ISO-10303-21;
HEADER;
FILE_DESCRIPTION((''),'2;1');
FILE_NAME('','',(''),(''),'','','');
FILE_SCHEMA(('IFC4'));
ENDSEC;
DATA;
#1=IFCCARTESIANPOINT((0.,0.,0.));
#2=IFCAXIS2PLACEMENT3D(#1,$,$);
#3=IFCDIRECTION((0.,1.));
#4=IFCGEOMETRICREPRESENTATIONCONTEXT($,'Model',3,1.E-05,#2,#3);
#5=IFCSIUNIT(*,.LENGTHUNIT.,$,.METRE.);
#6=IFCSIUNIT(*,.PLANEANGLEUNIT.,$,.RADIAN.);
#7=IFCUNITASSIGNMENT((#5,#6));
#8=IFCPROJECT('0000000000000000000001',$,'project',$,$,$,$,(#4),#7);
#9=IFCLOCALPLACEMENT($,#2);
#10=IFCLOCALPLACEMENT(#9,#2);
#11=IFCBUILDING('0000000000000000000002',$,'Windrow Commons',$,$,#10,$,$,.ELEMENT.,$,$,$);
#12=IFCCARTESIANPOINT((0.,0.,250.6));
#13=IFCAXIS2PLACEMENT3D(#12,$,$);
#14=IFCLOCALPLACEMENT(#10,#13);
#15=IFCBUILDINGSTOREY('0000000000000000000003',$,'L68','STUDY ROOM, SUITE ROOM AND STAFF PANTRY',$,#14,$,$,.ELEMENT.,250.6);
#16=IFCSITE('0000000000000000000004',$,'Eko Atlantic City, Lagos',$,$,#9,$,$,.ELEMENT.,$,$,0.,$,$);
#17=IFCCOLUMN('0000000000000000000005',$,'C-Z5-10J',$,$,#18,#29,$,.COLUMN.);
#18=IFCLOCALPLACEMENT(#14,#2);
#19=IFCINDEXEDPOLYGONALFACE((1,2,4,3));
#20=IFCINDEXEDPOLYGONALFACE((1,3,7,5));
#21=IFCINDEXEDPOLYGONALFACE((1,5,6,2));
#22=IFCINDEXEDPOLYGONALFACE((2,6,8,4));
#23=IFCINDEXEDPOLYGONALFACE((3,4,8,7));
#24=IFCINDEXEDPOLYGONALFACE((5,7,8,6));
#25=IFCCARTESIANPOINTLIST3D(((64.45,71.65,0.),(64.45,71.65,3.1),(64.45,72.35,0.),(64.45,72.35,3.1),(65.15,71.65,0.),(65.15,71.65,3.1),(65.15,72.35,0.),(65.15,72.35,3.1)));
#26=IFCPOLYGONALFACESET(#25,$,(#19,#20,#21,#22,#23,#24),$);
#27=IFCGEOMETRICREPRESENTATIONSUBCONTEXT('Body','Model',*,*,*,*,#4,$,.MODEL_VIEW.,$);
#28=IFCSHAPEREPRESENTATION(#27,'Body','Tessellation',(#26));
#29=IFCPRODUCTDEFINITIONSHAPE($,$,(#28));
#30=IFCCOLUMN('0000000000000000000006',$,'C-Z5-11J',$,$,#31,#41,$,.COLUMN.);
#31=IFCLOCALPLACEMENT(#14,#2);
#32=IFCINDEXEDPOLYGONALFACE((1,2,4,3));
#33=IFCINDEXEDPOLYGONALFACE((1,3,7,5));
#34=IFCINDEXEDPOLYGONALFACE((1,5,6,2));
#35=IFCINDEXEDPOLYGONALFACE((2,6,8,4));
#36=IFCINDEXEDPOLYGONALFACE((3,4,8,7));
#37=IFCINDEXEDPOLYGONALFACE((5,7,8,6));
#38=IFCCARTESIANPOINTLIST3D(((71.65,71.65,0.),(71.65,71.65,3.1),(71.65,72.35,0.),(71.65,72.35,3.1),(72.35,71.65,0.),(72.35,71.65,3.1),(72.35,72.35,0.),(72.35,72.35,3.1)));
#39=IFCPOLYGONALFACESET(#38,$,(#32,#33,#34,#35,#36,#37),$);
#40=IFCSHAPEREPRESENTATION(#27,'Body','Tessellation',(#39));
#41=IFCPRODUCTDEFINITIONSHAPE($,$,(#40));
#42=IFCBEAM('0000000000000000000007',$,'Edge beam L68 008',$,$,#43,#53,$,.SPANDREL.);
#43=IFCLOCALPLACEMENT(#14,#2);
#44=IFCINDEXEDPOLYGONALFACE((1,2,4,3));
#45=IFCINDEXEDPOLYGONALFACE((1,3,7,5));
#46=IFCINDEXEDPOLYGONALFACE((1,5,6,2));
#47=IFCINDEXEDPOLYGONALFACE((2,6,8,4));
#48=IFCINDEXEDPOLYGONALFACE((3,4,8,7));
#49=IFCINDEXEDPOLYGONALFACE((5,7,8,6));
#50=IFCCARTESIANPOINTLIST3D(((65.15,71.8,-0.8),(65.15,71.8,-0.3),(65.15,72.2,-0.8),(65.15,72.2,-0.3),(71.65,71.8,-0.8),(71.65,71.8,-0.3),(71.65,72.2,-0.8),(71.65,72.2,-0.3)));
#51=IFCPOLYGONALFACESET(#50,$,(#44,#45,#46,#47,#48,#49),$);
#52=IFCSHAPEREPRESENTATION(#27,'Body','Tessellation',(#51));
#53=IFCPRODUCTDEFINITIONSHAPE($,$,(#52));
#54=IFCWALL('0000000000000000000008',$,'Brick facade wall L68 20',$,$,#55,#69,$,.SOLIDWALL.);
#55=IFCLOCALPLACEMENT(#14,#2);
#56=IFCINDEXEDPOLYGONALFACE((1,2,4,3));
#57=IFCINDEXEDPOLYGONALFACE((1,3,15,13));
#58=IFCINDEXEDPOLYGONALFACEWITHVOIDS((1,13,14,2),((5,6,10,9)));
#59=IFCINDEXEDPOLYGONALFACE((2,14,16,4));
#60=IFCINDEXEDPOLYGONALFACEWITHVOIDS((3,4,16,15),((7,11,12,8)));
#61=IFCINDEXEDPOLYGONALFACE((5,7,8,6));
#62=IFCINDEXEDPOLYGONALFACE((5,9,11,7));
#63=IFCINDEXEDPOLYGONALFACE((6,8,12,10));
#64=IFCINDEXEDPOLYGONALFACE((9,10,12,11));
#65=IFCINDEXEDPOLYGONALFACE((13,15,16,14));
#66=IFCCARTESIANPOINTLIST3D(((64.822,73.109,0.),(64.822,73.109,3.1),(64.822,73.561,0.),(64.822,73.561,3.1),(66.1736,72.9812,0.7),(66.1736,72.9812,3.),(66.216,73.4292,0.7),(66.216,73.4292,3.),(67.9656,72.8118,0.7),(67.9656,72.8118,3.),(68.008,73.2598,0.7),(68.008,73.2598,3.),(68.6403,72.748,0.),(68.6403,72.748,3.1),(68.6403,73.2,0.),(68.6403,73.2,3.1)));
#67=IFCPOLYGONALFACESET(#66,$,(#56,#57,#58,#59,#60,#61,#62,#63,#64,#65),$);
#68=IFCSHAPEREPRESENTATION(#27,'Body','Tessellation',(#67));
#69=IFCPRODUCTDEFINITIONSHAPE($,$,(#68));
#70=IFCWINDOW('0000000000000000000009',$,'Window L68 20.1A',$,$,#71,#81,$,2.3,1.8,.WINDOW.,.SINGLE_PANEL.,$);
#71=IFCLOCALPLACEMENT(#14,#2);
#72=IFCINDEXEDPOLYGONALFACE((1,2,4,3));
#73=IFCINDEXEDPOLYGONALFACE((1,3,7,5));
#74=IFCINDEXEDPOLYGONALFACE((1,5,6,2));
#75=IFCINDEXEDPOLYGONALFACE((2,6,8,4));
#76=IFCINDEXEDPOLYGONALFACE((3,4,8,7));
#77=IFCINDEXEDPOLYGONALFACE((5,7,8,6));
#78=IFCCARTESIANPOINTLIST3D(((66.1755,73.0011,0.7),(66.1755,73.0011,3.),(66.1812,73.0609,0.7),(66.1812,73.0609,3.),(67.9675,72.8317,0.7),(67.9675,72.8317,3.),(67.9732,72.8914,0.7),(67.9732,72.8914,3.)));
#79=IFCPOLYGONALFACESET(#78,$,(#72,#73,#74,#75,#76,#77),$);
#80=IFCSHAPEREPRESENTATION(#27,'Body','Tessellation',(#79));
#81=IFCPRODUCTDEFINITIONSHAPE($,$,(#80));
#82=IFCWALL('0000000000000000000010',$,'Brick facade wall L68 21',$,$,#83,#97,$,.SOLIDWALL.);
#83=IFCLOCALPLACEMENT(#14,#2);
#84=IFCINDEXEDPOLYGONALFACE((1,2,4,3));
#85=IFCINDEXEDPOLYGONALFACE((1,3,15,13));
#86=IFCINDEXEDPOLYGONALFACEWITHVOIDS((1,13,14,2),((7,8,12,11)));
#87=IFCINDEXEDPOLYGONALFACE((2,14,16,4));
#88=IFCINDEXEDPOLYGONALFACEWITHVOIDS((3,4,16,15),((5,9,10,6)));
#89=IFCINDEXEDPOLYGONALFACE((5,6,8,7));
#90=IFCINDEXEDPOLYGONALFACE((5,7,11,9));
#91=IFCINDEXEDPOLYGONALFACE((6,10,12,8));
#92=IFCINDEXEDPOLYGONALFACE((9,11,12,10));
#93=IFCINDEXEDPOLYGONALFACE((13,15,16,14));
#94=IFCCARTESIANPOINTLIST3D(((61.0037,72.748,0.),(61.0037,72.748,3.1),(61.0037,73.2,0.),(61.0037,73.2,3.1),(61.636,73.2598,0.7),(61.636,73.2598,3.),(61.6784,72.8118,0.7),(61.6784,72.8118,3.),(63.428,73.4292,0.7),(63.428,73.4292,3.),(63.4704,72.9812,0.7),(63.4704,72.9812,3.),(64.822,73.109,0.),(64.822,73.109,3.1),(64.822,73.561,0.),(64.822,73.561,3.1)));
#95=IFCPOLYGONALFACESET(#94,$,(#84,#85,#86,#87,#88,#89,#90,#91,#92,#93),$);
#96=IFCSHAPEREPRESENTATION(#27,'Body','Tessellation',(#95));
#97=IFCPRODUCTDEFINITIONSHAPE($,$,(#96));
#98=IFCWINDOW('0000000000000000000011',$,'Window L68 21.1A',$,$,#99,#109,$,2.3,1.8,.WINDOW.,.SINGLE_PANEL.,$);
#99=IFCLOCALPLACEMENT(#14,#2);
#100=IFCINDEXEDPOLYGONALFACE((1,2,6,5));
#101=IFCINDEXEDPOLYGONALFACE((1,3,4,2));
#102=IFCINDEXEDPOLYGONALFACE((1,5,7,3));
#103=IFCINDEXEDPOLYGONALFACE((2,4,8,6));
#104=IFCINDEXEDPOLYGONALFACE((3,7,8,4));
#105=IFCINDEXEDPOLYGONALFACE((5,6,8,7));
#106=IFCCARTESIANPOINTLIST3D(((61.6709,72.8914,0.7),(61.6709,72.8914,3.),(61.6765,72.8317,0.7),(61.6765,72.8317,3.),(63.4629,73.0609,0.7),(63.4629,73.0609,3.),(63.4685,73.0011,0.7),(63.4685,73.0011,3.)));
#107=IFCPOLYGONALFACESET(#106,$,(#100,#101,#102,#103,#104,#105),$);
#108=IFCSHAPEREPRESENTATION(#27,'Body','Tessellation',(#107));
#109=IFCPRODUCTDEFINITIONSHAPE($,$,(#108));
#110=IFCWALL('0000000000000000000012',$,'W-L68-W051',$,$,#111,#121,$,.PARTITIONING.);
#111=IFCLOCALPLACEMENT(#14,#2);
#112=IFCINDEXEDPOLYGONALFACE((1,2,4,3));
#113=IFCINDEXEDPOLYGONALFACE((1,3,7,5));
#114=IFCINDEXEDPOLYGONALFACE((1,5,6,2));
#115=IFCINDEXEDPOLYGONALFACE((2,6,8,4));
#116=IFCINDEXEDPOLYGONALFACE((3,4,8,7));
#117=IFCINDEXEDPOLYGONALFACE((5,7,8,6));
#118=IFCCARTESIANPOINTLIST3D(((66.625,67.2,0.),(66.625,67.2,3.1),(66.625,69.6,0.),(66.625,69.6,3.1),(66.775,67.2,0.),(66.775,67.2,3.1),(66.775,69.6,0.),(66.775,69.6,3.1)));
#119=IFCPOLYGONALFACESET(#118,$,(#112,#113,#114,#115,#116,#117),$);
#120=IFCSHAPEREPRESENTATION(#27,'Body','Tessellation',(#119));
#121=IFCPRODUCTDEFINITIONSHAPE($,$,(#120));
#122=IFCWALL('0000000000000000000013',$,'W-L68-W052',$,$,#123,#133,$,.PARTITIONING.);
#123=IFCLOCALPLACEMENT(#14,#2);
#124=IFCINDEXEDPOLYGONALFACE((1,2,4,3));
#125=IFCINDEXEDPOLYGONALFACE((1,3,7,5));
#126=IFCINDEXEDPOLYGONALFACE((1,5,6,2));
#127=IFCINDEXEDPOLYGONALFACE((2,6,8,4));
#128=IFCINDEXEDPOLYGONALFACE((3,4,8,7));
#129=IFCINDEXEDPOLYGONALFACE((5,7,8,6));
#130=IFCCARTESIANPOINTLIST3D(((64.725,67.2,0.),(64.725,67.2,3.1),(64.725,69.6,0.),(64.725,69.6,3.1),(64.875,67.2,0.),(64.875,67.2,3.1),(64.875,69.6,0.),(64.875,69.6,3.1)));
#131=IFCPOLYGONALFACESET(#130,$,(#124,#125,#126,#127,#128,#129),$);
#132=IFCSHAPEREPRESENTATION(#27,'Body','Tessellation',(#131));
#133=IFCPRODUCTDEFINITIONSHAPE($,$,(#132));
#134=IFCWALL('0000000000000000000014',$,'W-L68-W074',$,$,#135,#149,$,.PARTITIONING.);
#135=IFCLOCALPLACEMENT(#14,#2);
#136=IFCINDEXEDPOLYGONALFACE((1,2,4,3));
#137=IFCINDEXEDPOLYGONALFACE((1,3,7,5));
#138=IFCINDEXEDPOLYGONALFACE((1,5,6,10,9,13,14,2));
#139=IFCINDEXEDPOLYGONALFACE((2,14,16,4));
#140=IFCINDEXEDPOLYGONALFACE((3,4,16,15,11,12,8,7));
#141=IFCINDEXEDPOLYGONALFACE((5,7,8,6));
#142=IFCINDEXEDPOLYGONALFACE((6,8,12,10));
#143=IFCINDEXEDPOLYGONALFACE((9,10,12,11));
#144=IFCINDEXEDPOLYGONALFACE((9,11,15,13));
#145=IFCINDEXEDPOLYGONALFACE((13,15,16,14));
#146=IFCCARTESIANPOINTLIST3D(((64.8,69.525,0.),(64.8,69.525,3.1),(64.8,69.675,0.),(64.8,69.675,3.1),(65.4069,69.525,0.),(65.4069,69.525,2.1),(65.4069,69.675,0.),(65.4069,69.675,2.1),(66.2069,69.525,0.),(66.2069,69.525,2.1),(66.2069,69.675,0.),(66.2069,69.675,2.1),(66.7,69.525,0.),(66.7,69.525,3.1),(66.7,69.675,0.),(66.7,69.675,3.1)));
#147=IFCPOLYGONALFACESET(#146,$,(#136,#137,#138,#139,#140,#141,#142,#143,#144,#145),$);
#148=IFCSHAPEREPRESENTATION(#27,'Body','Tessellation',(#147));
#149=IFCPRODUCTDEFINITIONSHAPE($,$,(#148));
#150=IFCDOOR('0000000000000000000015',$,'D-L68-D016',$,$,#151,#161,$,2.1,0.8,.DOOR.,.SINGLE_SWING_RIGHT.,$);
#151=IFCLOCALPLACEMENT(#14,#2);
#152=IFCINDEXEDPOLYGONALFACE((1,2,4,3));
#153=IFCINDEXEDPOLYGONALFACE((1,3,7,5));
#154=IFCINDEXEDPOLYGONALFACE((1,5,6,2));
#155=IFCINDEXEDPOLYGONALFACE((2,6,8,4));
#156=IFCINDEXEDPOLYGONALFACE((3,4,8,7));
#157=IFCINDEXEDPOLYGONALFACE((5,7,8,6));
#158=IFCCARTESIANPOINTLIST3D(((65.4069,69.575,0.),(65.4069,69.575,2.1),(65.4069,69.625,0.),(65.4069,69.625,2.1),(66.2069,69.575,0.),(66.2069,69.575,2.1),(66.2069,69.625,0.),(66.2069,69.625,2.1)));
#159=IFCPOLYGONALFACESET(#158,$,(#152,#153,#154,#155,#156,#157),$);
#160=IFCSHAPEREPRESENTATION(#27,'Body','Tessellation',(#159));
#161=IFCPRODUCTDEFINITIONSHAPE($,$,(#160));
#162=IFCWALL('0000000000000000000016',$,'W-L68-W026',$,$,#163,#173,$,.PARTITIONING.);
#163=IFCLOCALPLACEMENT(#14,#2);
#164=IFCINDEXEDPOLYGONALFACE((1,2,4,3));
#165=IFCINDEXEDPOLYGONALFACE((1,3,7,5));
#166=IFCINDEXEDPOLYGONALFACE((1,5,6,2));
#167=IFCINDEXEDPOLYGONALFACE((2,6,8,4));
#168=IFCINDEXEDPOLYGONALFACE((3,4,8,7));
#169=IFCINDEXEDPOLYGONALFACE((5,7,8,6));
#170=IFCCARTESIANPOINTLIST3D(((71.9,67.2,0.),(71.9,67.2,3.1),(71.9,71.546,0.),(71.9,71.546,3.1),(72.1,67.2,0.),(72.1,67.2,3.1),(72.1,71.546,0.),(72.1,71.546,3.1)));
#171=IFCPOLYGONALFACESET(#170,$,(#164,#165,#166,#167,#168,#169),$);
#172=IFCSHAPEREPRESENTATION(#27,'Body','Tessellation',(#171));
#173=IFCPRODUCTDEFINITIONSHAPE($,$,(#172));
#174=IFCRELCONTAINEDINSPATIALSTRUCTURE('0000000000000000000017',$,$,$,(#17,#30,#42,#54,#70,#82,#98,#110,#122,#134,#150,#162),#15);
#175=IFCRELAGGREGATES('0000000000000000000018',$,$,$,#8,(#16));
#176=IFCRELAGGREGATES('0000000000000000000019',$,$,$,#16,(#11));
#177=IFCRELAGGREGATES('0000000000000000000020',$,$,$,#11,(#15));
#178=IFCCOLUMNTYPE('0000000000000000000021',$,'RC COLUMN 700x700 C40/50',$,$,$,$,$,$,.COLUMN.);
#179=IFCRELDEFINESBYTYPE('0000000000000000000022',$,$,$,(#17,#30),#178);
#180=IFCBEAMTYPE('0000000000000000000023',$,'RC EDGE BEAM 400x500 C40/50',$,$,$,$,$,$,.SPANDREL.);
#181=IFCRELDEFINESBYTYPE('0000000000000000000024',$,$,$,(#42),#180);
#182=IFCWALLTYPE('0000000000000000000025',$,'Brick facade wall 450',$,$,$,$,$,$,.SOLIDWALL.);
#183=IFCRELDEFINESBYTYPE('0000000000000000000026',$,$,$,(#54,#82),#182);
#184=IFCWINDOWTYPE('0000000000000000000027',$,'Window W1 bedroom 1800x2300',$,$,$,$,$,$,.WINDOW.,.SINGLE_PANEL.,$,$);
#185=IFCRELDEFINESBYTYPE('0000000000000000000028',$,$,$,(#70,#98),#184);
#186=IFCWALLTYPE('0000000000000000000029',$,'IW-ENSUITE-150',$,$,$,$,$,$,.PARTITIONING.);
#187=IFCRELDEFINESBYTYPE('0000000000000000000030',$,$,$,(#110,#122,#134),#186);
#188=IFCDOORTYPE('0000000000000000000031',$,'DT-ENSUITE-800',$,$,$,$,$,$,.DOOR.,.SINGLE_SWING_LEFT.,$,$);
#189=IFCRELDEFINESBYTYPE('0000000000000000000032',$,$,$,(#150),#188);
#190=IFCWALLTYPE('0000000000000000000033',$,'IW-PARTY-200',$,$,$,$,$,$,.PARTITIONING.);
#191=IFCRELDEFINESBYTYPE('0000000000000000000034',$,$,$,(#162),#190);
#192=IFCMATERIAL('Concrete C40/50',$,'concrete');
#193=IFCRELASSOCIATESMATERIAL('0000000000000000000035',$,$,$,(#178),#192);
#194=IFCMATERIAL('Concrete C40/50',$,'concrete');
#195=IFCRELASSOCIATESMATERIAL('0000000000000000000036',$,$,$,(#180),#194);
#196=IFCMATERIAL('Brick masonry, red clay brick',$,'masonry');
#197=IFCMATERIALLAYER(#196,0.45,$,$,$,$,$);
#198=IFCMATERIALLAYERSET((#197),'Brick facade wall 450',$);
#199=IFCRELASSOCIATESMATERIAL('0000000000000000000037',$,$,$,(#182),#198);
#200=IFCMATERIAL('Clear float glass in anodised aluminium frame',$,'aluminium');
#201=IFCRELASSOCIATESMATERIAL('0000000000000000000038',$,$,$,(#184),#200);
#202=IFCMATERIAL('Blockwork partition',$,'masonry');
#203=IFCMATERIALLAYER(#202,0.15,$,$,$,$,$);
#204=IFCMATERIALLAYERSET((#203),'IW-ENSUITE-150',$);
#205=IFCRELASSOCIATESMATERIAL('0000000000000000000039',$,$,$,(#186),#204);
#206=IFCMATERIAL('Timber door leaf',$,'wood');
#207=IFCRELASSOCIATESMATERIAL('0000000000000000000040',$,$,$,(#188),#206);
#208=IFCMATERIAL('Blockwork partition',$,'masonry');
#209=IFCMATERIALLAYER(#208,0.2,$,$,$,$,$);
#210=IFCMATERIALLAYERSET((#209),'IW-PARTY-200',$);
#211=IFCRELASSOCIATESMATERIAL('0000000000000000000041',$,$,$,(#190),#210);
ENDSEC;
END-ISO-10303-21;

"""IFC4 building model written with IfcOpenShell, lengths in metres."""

from ifc_helpers import new_model, si_unit, direction, frame, frame_2d, origin, origin_2d, place, context, subcontext, project, spatial, polyline, rectangle, outline, extrude, material, layer, layer_set, material_profile, profile_set, type_object, element, fill, save


model = new_model("IFC4")

# Units and contexts
model_context = context("Model", 3, precision=1e-05, world=origin(), true_north=direction((0.0, 1.0)))
body_context = subcontext(model_context, "Body", "Model", "MODEL_VIEW")
ifc_project = project(units=[si_unit("LENGTHUNIT", "METRE"), si_unit("PLANEANGLEUNIT", "RADIAN")], contexts=[model_context])

# Site, building, storey
site_placement = place(None, origin())
site = spatial("IfcSite", under=ifc_project, at=site_placement, Name="Eko Atlantic City, Lagos", CompositionType="ELEMENT", RefElevation=0.0)
building_placement = place(site_placement, origin())
building = spatial("IfcBuilding", under=site, at=building_placement, Name="Windrow Commons", CompositionType="ELEMENT")
storey_placement = place(building_placement, frame((0.0, 0.0, 250.6)))
storey = spatial("IfcBuildingStorey", under=building, at=storey_placement, Name="L68", Description="STUDY ROOM, SUITE ROOM AND STAFF PANTRY", CompositionType="ELEMENT", Elevation=250.6)

# Columns
ifc_material_1 = material(Name="Concrete C40/50", Category="concrete")
ifc_material_profile_1 = material_profile(ifc_material_1, rectangle(XDim=0.7, YDim=0.7, at=origin_2d()))
ifc_profile_set_1 = profile_set([ifc_material_profile_1], Name="Concrete C40/50")
column_type = type_object("IfcColumnType", Name="RC COLUMN 700x700 C40/50", PredefinedType="COLUMN", material=ifc_profile_set_1)
for number, where, z_axis, x_axis, name in (
    (1, (64.8, 72.0, 0.0), (0.0, 0.0, 1.0), (1.0, 0.0, 0.0), "C-Z5-10J"),
    (2, (72.0, 72.0, 0.0), (0.0, 0.0, 1.0), (1.0, 0.0, 0.0), "C-Z5-11J"),
):
    element("IfcColumn", number, at=place(storey_placement, frame(where, z_axis=z_axis, x_axis=x_axis)), inside=storey, type_object=column_type, Name=name, PredefinedType="COLUMN", context=body_context, shape_type="SweptSolid", body=[
        extrude(rectangle(XDim=0.7, YDim=0.7, at=origin_2d()), origin(), (0.0, 0.0, 1.0), 3.1),
    ])

# Beam
ifc_material_2 = material(Name="Concrete C40/50", Category="concrete")
ifc_material_profile_2 = material_profile(ifc_material_2, rectangle(XDim=0.4, YDim=0.5, at=origin_2d()))
ifc_profile_set_2 = profile_set([ifc_material_profile_2], Name="Concrete C40/50")
beam_type = type_object("IfcBeamType", Name="RC EDGE BEAM 400x500 C40/50", PredefinedType="SPANDREL", material=ifc_profile_set_2)
beam_placement = place(storey_placement, frame((65.15, 72.0, -0.55), z_axis=(1.0, 0.0, 0.0), x_axis=(0.0, 1.0, 0.0)))
element("IfcBeam", 3, at=beam_placement, inside=storey, type_object=beam_type, Name="Edge beam L68 008", PredefinedType="SPANDREL", context=body_context, shape_type="SweptSolid", body=[
    extrude(rectangle(XDim=0.4, YDim=0.5, at=origin_2d()), origin(), (0.0, 0.0, 1.0), 6.5),
])

# Walls, openings, windows
ifc_material_3 = material(Name="Brick masonry, red clay brick", Category="masonry")
ifc_layer_1 = layer(ifc_material_3, 0.45)
ifc_layer_set_1 = layer_set([ifc_layer_1], Name="Brick facade wall 450")
wall_type_1 = type_object("IfcWallType", Name="Brick facade wall 450", PredefinedType="SOLIDWALL", material=ifc_layer_set_1)
wall_1_placement = place(storey_placement, frame((68.6403, 72.974, 0.0), z_axis=(0.0, 0.0, 1.0), x_axis=(-0.99556, 0.094125, 0.0)))
wall_1 = element("IfcWall", 4, at=wall_1_placement, inside=storey, type_object=wall_type_1, Name="Brick facade wall L68 20", PredefinedType="SOLIDWALL", context=body_context, shape_type="SweptSolid", body=[
    extrude(outline(polyline([(0.0213, -0.225), (3.8566, -0.225), (3.8141, 0.225), (-0.0213, 0.225), (0.0213, -0.225)])), origin(), (0.0, 0.0, 1.0), 3.1),
])
opening_1_placement = place(wall_1_placement, frame((0.6564, 0.0, 0.7)))
opening_1 = element("IfcOpeningElement", 5, at=opening_1_placement, cuts=wall_1, PredefinedType="OPENING", context=body_context, shape_type="SweptSolid", body=[
    extrude(rectangle(XDim=1.8, YDim=2.3, at=frame_2d((0.9, 1.15))), frame((0.0, 0.235, 0.0), z_axis=(0.0, -1.0, 0.0), x_axis=(1.0, 0.0, 0.0)), (0.0, 0.0, 1.0), 0.47),
])
ifc_material_4 = material(Name="Clear float glass in anodised aluminium frame", Category="aluminium")
window_type = type_object("IfcWindowType", Name="Window W1 bedroom 1800x2300", PartitioningType="SINGLE_PANEL", PredefinedType="WINDOW", material=ifc_material_4)
window_1_placement = place(opening_1_placement, origin())
window_1 = element("IfcWindow", 6, at=window_1_placement, inside=storey, type_object=window_type, Name="Window L68 20.1A", OverallHeight=2.3, OverallWidth=1.8, PartitioningType="SINGLE_PANEL", PredefinedType="WINDOW", context=body_context, shape_type="SweptSolid", body=[
    extrude(rectangle(XDim=1.8, YDim=2.3, at=frame_2d((0.9, 1.15))), frame((0.0, 0.205, 0.0), z_axis=(0.0, -1.0, 0.0), x_axis=(1.0, 0.0, 0.0)), (0.0, 0.0, 1.0), 0.06),
])
fill(opening_1, window_1)
wall_2_placement = place(storey_placement, frame((64.822, 73.335, 0.0), z_axis=(0.0, 0.0, 1.0), x_axis=(-0.99556, -0.094125, 0.0)))
wall_2 = element("IfcWall", 7, at=wall_2_placement, inside=storey, type_object=wall_type_1, Name="Brick facade wall L68 21", PredefinedType="SOLIDWALL", context=body_context, shape_type="SweptSolid", body=[
    extrude(outline(polyline([(-0.0213, -0.225), (3.8141, -0.225), (3.8566, 0.225), (0.0213, 0.225), (-0.0213, -0.225)])), origin(), (0.0, 0.0, 1.0), 3.1),
])
opening_2_placement = place(wall_2_placement, frame((1.3789, 0.0, 0.7)))
opening_2 = element("IfcOpeningElement", 8, at=opening_2_placement, cuts=wall_2, PredefinedType="OPENING", context=body_context, shape_type="SweptSolid", body=[
    extrude(rectangle(XDim=1.8, YDim=2.3, at=frame_2d((0.9, 1.15))), frame((0.0, 0.235, 0.0), z_axis=(0.0, -1.0, 0.0), x_axis=(1.0, 0.0, 0.0)), (0.0, 0.0, 1.0), 0.47),
])
window_2_placement = place(opening_2_placement, origin())
window_2 = element("IfcWindow", 9, at=window_2_placement, inside=storey, type_object=window_type, Name="Window L68 21.1A", OverallHeight=2.3, OverallWidth=1.8, PartitioningType="SINGLE_PANEL", PredefinedType="WINDOW", context=body_context, shape_type="SweptSolid", body=[
    extrude(rectangle(XDim=1.8, YDim=2.3, at=frame_2d((0.9, 1.15))), frame((0.0, 0.205, 0.0), z_axis=(0.0, -1.0, 0.0), x_axis=(1.0, 0.0, 0.0)), (0.0, 0.0, 1.0), 0.06),
])
fill(opening_2, window_2)

# Walls
ifc_material_5 = material(Name="Blockwork partition", Category="masonry")
ifc_layer_2 = layer(ifc_material_5, 0.15)
ifc_layer_set_2 = layer_set([ifc_layer_2], Name="IW-ENSUITE-150")
wall_type_2 = type_object("IfcWallType", Name="IW-ENSUITE-150", PredefinedType="PARTITIONING", material=ifc_layer_set_2)
for number, where, z_axis, x_axis, name in (
    (10, (66.7, 67.2, 0.0), (0.0, 0.0, 1.0), (0.0, 1.0, 0.0), "W-L68-W051"),
    (11, (64.8, 67.2, 0.0), (0.0, 0.0, 1.0), (0.0, 1.0, 0.0), "W-L68-W052"),
):
    element("IfcWall", number, at=place(storey_placement, frame(where, z_axis=z_axis, x_axis=x_axis)), inside=storey, type_object=wall_type_2, Name=name, PredefinedType="PARTITIONING", context=body_context, shape_type="SweptSolid", body=[
        extrude(rectangle(XDim=2.4, YDim=0.15, at=frame_2d((1.2, 0.0))), origin(), (0.0, 0.0, 1.0), 3.1),
    ])

# Wall, opening, door
wall_3_placement = place(storey_placement, frame((64.8, 69.6, 0.0), z_axis=(0.0, 0.0, 1.0), x_axis=(1.0, 0.0, 0.0)))
wall_3 = element("IfcWall", 12, at=wall_3_placement, inside=storey, type_object=wall_type_2, Name="W-L68-W074", PredefinedType="PARTITIONING", context=body_context, shape_type="SweptSolid", body=[
    extrude(rectangle(XDim=1.9, YDim=0.15, at=frame_2d((0.95, 0.0))), origin(), (0.0, 0.0, 1.0), 3.1),
])
opening_3_placement = place(wall_3_placement, frame((0.6069, 0.0, 0.0)))
opening_3 = element("IfcOpeningElement", 13, at=opening_3_placement, cuts=wall_3, PredefinedType="OPENING", context=body_context, shape_type="SweptSolid", body=[
    extrude(rectangle(XDim=0.8, YDim=2.1, at=frame_2d((0.4, 1.05))), frame((0.0, 0.085, 0.0), z_axis=(0.0, -1.0, 0.0), x_axis=(1.0, 0.0, 0.0)), (0.0, 0.0, 1.0), 0.17),
])
ifc_material_6 = material(Name="Timber door leaf", Category="wood")
door_type = type_object("IfcDoorType", Name="DT-ENSUITE-800", OperationType="SINGLE_SWING_LEFT", PredefinedType="DOOR", material=ifc_material_6)
door_placement = place(opening_3_placement, origin())
door = element("IfcDoor", 14, at=door_placement, inside=storey, type_object=door_type, Name="D-L68-D016", OperationType="SINGLE_SWING_RIGHT", OverallHeight=2.1, OverallWidth=0.8, PredefinedType="DOOR", context=body_context, shape_type="SweptSolid", body=[
    extrude(rectangle(XDim=0.8, YDim=2.1, at=frame_2d((0.4, 1.05))), frame((0.0, 0.025, 0.0), z_axis=(0.0, -1.0, 0.0), x_axis=(1.0, 0.0, 0.0)), (0.0, 0.0, 1.0), 0.05),
])
fill(opening_3, door)

# Wall
ifc_material_7 = material(Name="Blockwork partition", Category="masonry")
ifc_layer_3 = layer(ifc_material_7, 0.2)
ifc_layer_set_3 = layer_set([ifc_layer_3], Name="IW-PARTY-200")
wall_type_3 = type_object("IfcWallType", Name="IW-PARTY-200", PredefinedType="PARTITIONING", material=ifc_layer_set_3)
wall_4_placement = place(storey_placement, frame((72.0, 67.2, 0.0), z_axis=(0.0, 0.0, 1.0), x_axis=(0.0, 1.0, 0.0)))
element("IfcWall", 15, at=wall_4_placement, inside=storey, type_object=wall_type_3, Name="W-L68-W026", PredefinedType="PARTITIONING", context=body_context, shape_type="SweptSolid", body=[
    extrude(rectangle(XDim=4.346, YDim=0.2, at=frame_2d((2.173, 0.0))), origin(), (0.0, 0.0, 1.0), 3.1),
])

save(model, "model.ifc")
